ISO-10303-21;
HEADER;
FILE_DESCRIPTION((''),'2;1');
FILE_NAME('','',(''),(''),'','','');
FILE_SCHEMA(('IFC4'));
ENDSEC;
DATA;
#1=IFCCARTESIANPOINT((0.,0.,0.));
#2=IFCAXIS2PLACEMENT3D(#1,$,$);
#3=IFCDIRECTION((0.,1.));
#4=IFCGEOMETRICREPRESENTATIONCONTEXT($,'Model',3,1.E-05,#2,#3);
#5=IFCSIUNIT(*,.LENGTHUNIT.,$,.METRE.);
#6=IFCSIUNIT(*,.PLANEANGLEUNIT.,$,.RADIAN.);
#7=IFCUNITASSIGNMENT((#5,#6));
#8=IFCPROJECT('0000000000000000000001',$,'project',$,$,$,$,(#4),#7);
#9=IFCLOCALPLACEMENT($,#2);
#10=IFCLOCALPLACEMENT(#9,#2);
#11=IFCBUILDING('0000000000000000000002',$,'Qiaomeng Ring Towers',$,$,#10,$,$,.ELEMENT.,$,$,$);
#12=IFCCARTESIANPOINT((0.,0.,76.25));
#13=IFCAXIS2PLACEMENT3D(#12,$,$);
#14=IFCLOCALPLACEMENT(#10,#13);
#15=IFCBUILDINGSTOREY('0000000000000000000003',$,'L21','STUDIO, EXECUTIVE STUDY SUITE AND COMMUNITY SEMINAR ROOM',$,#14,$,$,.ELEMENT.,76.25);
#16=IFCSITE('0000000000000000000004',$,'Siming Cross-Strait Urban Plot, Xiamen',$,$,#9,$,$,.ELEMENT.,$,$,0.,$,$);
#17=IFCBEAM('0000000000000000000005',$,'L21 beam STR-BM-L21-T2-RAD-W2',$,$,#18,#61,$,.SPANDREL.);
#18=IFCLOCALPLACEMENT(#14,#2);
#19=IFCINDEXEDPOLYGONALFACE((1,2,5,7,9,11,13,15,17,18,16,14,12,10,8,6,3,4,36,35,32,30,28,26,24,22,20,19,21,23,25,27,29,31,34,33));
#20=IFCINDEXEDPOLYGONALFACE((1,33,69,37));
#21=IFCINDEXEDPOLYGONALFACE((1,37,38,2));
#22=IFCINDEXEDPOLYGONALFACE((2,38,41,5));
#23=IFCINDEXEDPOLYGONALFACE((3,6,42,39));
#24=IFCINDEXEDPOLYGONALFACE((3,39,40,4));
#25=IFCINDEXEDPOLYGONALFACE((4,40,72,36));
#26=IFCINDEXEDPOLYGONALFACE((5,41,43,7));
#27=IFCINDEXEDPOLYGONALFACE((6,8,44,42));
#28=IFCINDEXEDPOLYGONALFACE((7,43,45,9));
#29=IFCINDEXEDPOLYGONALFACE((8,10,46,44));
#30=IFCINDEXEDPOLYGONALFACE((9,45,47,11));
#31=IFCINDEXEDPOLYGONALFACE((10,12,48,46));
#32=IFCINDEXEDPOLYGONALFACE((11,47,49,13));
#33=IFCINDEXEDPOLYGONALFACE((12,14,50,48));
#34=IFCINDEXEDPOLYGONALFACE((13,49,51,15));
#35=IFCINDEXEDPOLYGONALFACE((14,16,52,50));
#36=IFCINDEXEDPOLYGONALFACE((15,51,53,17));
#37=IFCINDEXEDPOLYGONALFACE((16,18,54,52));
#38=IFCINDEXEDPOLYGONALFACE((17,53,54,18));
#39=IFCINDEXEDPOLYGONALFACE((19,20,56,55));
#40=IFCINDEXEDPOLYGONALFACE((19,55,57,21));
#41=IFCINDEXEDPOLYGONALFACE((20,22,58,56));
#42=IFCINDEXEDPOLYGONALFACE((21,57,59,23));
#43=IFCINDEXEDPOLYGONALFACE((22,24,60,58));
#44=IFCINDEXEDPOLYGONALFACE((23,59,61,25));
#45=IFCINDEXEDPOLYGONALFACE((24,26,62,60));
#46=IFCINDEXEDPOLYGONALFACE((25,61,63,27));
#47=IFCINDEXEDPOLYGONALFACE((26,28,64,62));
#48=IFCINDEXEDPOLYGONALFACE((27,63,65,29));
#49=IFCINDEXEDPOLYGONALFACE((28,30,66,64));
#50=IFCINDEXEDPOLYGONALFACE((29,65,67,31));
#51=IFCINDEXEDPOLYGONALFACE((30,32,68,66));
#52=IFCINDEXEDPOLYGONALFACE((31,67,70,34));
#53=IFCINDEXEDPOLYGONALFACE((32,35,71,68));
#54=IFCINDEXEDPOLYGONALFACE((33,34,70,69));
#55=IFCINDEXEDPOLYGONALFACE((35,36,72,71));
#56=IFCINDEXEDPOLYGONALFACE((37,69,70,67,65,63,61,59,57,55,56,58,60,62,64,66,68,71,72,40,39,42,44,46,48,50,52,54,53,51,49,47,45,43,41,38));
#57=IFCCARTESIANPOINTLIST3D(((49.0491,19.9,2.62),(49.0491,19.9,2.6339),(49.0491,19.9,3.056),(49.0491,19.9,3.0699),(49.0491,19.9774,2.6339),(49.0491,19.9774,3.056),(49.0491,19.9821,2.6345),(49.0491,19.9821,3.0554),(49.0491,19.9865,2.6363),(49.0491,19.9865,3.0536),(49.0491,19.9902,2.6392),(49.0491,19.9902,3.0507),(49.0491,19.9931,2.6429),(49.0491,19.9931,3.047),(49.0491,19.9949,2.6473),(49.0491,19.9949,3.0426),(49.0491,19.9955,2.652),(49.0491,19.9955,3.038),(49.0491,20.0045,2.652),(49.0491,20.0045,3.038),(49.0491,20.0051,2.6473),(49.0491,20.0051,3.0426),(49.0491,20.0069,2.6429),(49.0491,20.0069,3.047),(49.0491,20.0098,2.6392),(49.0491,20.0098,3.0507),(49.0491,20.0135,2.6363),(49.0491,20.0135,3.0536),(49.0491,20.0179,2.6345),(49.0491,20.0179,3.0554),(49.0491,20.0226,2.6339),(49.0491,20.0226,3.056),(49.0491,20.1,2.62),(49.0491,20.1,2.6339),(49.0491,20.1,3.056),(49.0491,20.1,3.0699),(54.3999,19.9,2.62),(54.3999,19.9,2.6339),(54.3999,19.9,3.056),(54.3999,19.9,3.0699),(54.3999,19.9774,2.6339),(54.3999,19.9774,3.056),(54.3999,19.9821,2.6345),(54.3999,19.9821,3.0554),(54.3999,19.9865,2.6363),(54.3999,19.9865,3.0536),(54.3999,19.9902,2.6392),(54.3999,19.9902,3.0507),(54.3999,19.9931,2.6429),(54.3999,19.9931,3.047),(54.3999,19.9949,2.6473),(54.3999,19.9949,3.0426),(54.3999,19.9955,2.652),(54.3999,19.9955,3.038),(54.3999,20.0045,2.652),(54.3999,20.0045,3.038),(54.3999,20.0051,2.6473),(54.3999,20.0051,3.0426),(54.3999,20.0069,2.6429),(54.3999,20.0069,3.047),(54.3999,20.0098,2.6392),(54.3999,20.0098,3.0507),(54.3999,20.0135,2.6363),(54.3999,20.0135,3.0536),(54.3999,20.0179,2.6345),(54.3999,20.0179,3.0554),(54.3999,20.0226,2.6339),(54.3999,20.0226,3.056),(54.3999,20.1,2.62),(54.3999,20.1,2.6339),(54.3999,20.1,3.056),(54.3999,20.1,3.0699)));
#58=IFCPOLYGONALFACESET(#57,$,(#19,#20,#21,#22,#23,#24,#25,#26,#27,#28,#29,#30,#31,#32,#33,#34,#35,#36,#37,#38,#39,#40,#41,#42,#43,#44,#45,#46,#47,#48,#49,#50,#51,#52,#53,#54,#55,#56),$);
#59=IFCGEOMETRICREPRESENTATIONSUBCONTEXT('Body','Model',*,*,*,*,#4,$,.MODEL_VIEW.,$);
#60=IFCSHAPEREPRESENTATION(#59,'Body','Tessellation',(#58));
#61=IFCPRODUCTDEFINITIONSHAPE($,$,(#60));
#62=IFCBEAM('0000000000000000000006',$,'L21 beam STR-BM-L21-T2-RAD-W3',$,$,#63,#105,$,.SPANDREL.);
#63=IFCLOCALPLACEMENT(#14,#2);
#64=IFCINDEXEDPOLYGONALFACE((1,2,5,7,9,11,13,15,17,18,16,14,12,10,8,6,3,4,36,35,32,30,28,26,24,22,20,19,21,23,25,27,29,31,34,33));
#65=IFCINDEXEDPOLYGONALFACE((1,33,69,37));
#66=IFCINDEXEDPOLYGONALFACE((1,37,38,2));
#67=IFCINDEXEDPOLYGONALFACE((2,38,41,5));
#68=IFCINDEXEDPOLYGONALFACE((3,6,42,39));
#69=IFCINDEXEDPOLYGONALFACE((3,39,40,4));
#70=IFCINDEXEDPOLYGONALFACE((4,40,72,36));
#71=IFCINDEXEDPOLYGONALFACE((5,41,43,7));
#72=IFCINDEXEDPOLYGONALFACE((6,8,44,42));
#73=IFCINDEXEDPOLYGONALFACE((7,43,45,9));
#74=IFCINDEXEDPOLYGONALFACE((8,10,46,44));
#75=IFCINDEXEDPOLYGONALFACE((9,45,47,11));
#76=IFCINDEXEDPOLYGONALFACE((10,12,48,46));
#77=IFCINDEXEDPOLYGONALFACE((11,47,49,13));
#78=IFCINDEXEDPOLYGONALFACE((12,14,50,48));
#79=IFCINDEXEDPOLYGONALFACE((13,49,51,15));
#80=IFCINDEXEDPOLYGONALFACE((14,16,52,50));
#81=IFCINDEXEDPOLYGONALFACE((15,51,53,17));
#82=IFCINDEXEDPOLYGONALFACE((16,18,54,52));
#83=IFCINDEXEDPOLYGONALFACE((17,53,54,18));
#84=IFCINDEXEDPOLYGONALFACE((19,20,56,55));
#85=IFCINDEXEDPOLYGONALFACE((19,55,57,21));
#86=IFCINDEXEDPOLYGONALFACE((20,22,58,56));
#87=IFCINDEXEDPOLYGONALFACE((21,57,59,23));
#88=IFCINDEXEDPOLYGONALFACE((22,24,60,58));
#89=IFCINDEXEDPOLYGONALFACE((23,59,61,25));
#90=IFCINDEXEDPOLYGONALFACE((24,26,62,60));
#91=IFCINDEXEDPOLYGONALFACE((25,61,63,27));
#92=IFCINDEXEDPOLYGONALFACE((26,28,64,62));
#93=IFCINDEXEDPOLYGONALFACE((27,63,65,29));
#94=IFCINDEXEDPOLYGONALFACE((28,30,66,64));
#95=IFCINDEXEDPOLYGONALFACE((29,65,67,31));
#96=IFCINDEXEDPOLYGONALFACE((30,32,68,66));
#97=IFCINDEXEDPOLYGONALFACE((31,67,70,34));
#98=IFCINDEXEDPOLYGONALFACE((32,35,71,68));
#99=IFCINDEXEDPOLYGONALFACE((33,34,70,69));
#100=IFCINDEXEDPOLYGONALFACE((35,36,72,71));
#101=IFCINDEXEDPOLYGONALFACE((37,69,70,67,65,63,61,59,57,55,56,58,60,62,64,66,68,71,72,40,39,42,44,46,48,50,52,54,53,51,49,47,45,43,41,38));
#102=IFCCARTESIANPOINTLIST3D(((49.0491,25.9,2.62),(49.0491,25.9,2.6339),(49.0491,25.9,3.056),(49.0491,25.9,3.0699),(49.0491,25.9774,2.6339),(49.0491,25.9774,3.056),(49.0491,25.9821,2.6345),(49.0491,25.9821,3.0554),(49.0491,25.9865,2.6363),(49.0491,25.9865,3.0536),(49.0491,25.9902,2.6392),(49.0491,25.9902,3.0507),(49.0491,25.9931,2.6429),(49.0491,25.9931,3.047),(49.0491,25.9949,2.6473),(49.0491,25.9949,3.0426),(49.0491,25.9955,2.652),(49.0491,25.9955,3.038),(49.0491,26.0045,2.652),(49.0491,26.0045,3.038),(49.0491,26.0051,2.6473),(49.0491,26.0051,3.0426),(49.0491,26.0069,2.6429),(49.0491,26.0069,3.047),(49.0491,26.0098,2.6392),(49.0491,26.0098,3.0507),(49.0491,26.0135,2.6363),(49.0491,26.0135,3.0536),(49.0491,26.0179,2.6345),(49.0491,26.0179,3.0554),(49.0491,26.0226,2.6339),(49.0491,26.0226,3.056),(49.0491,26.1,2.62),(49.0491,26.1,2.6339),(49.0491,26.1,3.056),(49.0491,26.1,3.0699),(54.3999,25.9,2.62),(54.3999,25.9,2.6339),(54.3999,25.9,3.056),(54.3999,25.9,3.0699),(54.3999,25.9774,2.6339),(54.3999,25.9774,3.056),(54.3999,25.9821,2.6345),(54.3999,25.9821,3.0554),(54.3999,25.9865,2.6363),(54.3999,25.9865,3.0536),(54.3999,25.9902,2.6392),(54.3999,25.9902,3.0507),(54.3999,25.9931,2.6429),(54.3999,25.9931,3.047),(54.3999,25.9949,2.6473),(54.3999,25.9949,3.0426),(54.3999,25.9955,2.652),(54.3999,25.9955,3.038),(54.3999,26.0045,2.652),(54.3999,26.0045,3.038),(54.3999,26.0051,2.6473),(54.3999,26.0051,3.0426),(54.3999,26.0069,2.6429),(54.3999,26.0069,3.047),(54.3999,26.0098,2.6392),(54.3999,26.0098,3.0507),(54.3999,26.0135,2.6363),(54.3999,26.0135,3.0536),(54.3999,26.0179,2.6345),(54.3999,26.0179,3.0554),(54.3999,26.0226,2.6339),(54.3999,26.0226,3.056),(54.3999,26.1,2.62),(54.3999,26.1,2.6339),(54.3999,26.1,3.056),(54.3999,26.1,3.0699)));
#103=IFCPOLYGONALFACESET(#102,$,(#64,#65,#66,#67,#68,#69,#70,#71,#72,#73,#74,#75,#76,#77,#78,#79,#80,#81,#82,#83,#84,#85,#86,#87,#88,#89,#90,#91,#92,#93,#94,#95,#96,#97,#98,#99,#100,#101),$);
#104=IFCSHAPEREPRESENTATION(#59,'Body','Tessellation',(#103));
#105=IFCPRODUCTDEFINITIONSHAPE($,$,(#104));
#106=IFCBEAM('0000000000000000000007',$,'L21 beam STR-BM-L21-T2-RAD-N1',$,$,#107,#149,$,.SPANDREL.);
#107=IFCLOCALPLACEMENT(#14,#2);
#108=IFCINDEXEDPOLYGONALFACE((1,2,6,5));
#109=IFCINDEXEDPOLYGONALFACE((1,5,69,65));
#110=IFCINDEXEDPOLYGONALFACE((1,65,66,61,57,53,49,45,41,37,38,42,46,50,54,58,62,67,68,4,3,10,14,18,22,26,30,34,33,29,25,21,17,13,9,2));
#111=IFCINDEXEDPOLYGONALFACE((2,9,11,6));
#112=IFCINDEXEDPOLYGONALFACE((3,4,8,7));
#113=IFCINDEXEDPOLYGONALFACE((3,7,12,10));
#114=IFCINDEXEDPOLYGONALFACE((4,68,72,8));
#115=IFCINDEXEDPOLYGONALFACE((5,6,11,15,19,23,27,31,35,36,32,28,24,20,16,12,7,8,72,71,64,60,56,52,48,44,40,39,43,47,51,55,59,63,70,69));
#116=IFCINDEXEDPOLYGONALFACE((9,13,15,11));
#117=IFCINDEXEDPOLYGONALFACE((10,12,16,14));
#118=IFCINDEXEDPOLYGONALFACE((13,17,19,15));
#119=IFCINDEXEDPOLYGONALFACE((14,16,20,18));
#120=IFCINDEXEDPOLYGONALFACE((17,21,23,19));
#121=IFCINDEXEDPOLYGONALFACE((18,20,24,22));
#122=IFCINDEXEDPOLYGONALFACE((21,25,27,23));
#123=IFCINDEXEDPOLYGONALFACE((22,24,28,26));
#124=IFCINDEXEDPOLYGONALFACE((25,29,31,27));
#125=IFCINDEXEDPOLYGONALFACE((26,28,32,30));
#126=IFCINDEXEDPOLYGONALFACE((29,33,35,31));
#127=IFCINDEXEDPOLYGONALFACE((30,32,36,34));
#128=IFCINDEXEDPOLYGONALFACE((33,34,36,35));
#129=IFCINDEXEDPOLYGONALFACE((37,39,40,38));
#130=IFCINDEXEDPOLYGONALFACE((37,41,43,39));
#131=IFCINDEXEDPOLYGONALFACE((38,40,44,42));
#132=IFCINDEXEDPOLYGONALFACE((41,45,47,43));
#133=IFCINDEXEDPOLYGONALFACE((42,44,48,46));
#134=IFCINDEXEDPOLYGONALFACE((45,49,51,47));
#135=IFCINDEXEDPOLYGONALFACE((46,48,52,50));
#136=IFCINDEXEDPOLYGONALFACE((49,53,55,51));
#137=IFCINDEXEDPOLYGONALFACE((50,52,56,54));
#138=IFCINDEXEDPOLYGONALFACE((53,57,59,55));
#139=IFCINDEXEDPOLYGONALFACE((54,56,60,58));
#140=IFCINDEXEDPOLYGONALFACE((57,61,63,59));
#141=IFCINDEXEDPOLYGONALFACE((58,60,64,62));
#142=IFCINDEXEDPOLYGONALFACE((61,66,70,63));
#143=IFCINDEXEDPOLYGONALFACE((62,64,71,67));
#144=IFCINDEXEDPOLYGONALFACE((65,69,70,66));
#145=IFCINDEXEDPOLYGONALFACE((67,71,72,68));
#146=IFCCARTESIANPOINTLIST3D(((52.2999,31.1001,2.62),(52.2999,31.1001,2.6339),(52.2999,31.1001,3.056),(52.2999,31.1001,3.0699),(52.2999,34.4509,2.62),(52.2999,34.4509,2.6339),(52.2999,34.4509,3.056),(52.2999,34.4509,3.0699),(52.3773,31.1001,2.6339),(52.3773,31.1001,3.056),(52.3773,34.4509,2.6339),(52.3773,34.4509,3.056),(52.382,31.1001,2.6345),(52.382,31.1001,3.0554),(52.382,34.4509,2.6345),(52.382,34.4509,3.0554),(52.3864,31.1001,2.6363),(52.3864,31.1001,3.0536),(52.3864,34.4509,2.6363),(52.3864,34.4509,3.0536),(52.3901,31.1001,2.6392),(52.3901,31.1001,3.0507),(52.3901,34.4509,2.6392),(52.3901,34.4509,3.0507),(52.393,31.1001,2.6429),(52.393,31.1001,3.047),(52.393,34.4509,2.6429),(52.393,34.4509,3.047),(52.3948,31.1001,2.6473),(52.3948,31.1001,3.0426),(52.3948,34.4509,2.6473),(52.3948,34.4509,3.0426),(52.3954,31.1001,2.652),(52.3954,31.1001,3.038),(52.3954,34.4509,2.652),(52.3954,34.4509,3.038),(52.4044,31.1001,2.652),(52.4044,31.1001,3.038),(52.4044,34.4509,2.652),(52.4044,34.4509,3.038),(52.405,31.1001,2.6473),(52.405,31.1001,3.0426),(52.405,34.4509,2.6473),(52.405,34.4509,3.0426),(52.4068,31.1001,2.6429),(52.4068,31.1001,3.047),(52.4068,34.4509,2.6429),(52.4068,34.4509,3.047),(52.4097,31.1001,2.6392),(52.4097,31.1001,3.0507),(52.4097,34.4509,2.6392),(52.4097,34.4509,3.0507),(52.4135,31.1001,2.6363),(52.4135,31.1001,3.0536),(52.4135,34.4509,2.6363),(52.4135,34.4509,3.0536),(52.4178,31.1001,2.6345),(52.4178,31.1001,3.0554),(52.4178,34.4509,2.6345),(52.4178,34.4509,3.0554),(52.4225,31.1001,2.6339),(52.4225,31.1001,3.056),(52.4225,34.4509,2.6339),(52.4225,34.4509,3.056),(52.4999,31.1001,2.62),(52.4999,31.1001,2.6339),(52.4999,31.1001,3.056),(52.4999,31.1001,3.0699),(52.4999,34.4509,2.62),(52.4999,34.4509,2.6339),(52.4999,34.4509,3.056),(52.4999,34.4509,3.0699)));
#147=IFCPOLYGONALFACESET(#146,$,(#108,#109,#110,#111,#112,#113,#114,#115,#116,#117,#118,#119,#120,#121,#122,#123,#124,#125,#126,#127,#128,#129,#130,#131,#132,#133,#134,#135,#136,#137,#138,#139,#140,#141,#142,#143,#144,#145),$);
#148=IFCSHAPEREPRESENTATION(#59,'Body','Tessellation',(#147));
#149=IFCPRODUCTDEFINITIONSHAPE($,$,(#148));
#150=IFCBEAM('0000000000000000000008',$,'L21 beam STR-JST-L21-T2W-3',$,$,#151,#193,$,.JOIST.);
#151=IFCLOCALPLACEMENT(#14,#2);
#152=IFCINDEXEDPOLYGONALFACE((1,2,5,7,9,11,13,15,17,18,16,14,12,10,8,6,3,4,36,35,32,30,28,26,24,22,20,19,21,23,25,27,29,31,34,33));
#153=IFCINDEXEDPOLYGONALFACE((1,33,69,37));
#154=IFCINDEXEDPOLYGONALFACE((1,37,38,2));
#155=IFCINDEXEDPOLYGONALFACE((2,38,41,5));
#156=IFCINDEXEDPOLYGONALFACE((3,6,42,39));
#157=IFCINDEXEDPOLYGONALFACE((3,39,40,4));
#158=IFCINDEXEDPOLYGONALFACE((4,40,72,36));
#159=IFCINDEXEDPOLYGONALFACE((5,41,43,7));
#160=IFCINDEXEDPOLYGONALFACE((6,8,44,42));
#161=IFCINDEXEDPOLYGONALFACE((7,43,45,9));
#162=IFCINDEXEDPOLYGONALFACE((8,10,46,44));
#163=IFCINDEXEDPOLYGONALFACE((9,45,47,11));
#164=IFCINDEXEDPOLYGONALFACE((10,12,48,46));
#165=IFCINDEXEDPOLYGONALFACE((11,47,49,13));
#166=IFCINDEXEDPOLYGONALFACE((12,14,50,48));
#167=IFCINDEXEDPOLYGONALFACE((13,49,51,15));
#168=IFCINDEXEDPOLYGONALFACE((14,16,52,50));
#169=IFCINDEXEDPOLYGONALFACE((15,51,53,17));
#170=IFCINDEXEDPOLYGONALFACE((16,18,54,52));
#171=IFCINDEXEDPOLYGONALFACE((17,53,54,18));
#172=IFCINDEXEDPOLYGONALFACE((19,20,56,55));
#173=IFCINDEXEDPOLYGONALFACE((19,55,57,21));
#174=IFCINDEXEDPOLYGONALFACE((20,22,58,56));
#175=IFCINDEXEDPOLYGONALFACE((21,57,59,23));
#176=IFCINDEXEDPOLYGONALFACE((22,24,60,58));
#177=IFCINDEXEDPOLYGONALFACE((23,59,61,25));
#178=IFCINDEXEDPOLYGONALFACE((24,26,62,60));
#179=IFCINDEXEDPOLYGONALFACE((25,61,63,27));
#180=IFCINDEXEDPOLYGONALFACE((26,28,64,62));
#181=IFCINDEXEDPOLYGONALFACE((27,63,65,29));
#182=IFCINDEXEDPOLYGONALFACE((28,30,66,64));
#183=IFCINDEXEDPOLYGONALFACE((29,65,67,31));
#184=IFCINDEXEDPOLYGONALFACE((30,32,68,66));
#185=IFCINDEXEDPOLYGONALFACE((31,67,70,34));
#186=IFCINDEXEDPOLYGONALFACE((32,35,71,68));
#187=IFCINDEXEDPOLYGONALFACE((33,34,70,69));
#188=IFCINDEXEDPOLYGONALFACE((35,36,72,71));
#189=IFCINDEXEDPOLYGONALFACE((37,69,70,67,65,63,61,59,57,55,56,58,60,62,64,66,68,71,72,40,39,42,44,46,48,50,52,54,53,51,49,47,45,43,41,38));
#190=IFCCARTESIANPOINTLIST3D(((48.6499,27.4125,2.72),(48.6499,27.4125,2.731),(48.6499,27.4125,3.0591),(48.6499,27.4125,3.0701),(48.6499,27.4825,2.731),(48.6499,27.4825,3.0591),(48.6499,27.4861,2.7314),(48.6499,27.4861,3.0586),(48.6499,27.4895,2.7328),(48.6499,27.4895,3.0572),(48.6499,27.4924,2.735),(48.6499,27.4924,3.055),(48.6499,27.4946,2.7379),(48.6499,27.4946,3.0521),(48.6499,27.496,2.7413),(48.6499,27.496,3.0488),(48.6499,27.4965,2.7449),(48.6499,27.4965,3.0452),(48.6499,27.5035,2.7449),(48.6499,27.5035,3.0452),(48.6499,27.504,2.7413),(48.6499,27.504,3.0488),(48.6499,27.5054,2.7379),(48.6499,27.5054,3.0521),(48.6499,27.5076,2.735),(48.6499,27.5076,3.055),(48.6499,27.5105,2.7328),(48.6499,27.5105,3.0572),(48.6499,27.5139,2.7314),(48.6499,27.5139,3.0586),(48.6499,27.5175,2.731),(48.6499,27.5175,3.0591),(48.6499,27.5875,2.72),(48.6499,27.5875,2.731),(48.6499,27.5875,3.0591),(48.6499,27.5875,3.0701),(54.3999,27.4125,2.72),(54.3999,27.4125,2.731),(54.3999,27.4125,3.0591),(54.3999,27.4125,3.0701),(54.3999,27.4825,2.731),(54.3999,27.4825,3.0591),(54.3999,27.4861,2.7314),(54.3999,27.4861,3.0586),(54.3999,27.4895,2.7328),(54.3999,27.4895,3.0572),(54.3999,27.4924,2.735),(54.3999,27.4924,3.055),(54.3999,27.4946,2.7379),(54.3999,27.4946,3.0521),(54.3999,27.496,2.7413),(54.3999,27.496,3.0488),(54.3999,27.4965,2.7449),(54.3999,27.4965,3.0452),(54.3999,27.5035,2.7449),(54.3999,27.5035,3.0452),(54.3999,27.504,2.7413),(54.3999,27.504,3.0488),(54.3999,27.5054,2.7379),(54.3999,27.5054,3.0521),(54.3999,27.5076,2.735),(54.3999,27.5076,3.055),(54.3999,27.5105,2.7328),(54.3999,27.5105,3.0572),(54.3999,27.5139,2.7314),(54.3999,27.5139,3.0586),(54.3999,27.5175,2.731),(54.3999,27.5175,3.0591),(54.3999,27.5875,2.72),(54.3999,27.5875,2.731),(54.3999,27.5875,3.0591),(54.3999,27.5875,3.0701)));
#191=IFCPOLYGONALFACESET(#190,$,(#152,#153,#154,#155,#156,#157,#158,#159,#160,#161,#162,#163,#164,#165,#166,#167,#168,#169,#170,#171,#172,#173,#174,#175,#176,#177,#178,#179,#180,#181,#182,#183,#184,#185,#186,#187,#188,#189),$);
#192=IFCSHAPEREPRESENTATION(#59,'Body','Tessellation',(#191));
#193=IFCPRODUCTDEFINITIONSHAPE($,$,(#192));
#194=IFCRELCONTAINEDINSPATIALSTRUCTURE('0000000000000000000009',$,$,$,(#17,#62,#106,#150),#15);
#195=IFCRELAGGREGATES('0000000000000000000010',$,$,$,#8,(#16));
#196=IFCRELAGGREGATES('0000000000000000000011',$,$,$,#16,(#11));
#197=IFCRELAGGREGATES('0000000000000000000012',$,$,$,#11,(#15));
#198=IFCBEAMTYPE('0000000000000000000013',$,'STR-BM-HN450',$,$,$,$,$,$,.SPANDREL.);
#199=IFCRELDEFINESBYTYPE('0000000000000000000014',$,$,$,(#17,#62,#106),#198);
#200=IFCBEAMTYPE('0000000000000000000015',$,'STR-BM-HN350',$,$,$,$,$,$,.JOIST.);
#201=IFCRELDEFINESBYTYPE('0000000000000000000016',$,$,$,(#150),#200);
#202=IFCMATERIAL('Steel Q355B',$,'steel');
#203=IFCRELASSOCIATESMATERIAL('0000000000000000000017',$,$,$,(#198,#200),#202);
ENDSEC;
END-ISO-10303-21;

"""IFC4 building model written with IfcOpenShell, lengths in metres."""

from ifc_helpers import new_model, si_unit, direction, frame, origin, origin_2d, place, context, subcontext, project, spatial, i_section, extrude, source, transform, mapped, material, material_profile, profile_set, type_object, element, save


model = new_model("IFC4")

# Units and contexts
model_context = context("Model", 3, precision=1e-05, world=origin(), true_north=direction((0.0, 1.0)))
body_context = subcontext(model_context, "Body", "Model", "MODEL_VIEW")
ifc_project = project(units=[si_unit("LENGTHUNIT", "METRE"), si_unit("PLANEANGLEUNIT", "RADIAN")], contexts=[model_context])

# Site, building, storey
site_placement = place(None, origin())
site = spatial("IfcSite", under=ifc_project, at=site_placement, Name="Siming Cross-Strait Urban Plot, Xiamen", CompositionType="ELEMENT", RefElevation=0.0)
building_placement = place(site_placement, origin())
building = spatial("IfcBuilding", under=site, at=building_placement, Name="Qiaomeng Ring Towers", CompositionType="ELEMENT")
storey_placement = place(building_placement, frame((0.0, 0.0, 76.25)))
storey = spatial("IfcBuildingStorey", under=building, at=storey_placement, Name="L21", Description="STUDIO, EXECUTIVE STUDY SUITE AND COMMUNITY SEMINAR ROOM", CompositionType="ELEMENT", Elevation=76.25)

# Beams
ifc_material_1 = material(Name="Steel Q355B", Category="steel")
ifc_material_profile_1 = material_profile(ifc_material_1, i_section(OverallWidth=0.2, OverallDepth=0.45, WebThickness=0.009, FlangeThickness=0.0139, FilletRadius=0.0181, at=origin_2d()), Name="HN 450x200x9x14")
ifc_profile_set_1 = profile_set([ifc_material_profile_1], Name="Steel Q355B")
beam_type_1 = type_object("IfcBeamType", Name="STR-BM-HN450", PredefinedType="SPANDREL", material=ifc_profile_set_1)
shared_shape_1 = source(origin(), body_context, "Body", "SweptSolid", [
    extrude(i_section(OverallWidth=0.2, OverallDepth=0.45, WebThickness=0.009, FlangeThickness=0.0139, FilletRadius=0.0181, at=origin_2d()), origin(), (0.0, 0.0, 1.0), 5.3508),
])
for number, where, z_axis, x_axis, name in (
    (1, (49.0491, 20.0, 2.845), (1.0, 0.0, 0.0), (0.0, 1.0, 0.0), "L21 beam STR-BM-L21-T2-RAD-W2"),
    (2, (49.0491, 26.0, 2.845), (1.0, 0.0, 0.0), (0.0, 1.0, 0.0), "L21 beam STR-BM-L21-T2-RAD-W3"),
):
    element("IfcBeam", number, at=place(storey_placement, frame(where, z_axis=z_axis, x_axis=x_axis)), inside=storey, type_object=beam_type_1, Name=name, PredefinedType="SPANDREL", context=body_context, shape_type="MappedRepresentation", body=[
        mapped(shared_shape_1, transform((0.0, 0.0, 0.0), x_axis=(1.0, 0.0, 0.0), y_axis=(0.0, 1.0, 0.0), z_axis=(0.0, 0.0, 1.0), scale=1.0)),
    ])
shared_shape_2 = source(origin(), body_context, "Body", "SweptSolid", [
    extrude(i_section(OverallWidth=0.2, OverallDepth=0.45, WebThickness=0.009, FlangeThickness=0.0139, FilletRadius=0.0181, at=origin_2d()), origin(), (0.0, 0.0, 1.0), 3.3508),
])
beam_1_placement = place(storey_placement, frame((52.3999, 34.4509, 2.845), z_axis=(0.0, -1.0, 0.0), x_axis=(1.0, 0.0, 0.0)))
element("IfcBeam", 3, at=beam_1_placement, inside=storey, type_object=beam_type_1, Name="L21 beam STR-BM-L21-T2-RAD-N1", PredefinedType="SPANDREL", context=body_context, shape_type="MappedRepresentation", body=[
    mapped(shared_shape_2, transform((0.0, 0.0, 0.0), x_axis=(1.0, 0.0, 0.0), y_axis=(0.0, 1.0, 0.0), z_axis=(0.0, 0.0, 1.0), scale=1.0)),
])
ifc_material_profile_2 = material_profile(ifc_material_1, i_section(OverallWidth=0.175, OverallDepth=0.3501, WebThickness=0.0071, FlangeThickness=0.011, FilletRadius=0.0139, at=origin_2d()), Name="HN 350x175x7x11")
ifc_profile_set_2 = profile_set([ifc_material_profile_2], Name="Steel Q355B")
beam_type_2 = type_object("IfcBeamType", Name="STR-BM-HN350", PredefinedType="JOIST", material=ifc_profile_set_2)
shared_shape_3 = source(origin(), body_context, "Body", "SweptSolid", [
    extrude(i_section(OverallWidth=0.175, OverallDepth=0.3501, WebThickness=0.0071, FlangeThickness=0.011, FilletRadius=0.0139, at=origin_2d()), origin(), (0.0, 0.0, 1.0), 5.75),
])
beam_2_placement = place(storey_placement, frame((48.6499, 27.5, 2.895), z_axis=(1.0, 0.0, 0.0), x_axis=(0.0, 1.0, 0.0)))
element("IfcBeam", 4, at=beam_2_placement, inside=storey, type_object=beam_type_2, Name="L21 beam STR-JST-L21-T2W-3", PredefinedType="JOIST", context=body_context, shape_type="MappedRepresentation", body=[
    mapped(shared_shape_3, transform((0.0, 0.0, 0.0), x_axis=(1.0, 0.0, 0.0), y_axis=(0.0, 1.0, 0.0), z_axis=(0.0, 0.0, 1.0), scale=1.0)),
])

save(model, "model.ifc")
